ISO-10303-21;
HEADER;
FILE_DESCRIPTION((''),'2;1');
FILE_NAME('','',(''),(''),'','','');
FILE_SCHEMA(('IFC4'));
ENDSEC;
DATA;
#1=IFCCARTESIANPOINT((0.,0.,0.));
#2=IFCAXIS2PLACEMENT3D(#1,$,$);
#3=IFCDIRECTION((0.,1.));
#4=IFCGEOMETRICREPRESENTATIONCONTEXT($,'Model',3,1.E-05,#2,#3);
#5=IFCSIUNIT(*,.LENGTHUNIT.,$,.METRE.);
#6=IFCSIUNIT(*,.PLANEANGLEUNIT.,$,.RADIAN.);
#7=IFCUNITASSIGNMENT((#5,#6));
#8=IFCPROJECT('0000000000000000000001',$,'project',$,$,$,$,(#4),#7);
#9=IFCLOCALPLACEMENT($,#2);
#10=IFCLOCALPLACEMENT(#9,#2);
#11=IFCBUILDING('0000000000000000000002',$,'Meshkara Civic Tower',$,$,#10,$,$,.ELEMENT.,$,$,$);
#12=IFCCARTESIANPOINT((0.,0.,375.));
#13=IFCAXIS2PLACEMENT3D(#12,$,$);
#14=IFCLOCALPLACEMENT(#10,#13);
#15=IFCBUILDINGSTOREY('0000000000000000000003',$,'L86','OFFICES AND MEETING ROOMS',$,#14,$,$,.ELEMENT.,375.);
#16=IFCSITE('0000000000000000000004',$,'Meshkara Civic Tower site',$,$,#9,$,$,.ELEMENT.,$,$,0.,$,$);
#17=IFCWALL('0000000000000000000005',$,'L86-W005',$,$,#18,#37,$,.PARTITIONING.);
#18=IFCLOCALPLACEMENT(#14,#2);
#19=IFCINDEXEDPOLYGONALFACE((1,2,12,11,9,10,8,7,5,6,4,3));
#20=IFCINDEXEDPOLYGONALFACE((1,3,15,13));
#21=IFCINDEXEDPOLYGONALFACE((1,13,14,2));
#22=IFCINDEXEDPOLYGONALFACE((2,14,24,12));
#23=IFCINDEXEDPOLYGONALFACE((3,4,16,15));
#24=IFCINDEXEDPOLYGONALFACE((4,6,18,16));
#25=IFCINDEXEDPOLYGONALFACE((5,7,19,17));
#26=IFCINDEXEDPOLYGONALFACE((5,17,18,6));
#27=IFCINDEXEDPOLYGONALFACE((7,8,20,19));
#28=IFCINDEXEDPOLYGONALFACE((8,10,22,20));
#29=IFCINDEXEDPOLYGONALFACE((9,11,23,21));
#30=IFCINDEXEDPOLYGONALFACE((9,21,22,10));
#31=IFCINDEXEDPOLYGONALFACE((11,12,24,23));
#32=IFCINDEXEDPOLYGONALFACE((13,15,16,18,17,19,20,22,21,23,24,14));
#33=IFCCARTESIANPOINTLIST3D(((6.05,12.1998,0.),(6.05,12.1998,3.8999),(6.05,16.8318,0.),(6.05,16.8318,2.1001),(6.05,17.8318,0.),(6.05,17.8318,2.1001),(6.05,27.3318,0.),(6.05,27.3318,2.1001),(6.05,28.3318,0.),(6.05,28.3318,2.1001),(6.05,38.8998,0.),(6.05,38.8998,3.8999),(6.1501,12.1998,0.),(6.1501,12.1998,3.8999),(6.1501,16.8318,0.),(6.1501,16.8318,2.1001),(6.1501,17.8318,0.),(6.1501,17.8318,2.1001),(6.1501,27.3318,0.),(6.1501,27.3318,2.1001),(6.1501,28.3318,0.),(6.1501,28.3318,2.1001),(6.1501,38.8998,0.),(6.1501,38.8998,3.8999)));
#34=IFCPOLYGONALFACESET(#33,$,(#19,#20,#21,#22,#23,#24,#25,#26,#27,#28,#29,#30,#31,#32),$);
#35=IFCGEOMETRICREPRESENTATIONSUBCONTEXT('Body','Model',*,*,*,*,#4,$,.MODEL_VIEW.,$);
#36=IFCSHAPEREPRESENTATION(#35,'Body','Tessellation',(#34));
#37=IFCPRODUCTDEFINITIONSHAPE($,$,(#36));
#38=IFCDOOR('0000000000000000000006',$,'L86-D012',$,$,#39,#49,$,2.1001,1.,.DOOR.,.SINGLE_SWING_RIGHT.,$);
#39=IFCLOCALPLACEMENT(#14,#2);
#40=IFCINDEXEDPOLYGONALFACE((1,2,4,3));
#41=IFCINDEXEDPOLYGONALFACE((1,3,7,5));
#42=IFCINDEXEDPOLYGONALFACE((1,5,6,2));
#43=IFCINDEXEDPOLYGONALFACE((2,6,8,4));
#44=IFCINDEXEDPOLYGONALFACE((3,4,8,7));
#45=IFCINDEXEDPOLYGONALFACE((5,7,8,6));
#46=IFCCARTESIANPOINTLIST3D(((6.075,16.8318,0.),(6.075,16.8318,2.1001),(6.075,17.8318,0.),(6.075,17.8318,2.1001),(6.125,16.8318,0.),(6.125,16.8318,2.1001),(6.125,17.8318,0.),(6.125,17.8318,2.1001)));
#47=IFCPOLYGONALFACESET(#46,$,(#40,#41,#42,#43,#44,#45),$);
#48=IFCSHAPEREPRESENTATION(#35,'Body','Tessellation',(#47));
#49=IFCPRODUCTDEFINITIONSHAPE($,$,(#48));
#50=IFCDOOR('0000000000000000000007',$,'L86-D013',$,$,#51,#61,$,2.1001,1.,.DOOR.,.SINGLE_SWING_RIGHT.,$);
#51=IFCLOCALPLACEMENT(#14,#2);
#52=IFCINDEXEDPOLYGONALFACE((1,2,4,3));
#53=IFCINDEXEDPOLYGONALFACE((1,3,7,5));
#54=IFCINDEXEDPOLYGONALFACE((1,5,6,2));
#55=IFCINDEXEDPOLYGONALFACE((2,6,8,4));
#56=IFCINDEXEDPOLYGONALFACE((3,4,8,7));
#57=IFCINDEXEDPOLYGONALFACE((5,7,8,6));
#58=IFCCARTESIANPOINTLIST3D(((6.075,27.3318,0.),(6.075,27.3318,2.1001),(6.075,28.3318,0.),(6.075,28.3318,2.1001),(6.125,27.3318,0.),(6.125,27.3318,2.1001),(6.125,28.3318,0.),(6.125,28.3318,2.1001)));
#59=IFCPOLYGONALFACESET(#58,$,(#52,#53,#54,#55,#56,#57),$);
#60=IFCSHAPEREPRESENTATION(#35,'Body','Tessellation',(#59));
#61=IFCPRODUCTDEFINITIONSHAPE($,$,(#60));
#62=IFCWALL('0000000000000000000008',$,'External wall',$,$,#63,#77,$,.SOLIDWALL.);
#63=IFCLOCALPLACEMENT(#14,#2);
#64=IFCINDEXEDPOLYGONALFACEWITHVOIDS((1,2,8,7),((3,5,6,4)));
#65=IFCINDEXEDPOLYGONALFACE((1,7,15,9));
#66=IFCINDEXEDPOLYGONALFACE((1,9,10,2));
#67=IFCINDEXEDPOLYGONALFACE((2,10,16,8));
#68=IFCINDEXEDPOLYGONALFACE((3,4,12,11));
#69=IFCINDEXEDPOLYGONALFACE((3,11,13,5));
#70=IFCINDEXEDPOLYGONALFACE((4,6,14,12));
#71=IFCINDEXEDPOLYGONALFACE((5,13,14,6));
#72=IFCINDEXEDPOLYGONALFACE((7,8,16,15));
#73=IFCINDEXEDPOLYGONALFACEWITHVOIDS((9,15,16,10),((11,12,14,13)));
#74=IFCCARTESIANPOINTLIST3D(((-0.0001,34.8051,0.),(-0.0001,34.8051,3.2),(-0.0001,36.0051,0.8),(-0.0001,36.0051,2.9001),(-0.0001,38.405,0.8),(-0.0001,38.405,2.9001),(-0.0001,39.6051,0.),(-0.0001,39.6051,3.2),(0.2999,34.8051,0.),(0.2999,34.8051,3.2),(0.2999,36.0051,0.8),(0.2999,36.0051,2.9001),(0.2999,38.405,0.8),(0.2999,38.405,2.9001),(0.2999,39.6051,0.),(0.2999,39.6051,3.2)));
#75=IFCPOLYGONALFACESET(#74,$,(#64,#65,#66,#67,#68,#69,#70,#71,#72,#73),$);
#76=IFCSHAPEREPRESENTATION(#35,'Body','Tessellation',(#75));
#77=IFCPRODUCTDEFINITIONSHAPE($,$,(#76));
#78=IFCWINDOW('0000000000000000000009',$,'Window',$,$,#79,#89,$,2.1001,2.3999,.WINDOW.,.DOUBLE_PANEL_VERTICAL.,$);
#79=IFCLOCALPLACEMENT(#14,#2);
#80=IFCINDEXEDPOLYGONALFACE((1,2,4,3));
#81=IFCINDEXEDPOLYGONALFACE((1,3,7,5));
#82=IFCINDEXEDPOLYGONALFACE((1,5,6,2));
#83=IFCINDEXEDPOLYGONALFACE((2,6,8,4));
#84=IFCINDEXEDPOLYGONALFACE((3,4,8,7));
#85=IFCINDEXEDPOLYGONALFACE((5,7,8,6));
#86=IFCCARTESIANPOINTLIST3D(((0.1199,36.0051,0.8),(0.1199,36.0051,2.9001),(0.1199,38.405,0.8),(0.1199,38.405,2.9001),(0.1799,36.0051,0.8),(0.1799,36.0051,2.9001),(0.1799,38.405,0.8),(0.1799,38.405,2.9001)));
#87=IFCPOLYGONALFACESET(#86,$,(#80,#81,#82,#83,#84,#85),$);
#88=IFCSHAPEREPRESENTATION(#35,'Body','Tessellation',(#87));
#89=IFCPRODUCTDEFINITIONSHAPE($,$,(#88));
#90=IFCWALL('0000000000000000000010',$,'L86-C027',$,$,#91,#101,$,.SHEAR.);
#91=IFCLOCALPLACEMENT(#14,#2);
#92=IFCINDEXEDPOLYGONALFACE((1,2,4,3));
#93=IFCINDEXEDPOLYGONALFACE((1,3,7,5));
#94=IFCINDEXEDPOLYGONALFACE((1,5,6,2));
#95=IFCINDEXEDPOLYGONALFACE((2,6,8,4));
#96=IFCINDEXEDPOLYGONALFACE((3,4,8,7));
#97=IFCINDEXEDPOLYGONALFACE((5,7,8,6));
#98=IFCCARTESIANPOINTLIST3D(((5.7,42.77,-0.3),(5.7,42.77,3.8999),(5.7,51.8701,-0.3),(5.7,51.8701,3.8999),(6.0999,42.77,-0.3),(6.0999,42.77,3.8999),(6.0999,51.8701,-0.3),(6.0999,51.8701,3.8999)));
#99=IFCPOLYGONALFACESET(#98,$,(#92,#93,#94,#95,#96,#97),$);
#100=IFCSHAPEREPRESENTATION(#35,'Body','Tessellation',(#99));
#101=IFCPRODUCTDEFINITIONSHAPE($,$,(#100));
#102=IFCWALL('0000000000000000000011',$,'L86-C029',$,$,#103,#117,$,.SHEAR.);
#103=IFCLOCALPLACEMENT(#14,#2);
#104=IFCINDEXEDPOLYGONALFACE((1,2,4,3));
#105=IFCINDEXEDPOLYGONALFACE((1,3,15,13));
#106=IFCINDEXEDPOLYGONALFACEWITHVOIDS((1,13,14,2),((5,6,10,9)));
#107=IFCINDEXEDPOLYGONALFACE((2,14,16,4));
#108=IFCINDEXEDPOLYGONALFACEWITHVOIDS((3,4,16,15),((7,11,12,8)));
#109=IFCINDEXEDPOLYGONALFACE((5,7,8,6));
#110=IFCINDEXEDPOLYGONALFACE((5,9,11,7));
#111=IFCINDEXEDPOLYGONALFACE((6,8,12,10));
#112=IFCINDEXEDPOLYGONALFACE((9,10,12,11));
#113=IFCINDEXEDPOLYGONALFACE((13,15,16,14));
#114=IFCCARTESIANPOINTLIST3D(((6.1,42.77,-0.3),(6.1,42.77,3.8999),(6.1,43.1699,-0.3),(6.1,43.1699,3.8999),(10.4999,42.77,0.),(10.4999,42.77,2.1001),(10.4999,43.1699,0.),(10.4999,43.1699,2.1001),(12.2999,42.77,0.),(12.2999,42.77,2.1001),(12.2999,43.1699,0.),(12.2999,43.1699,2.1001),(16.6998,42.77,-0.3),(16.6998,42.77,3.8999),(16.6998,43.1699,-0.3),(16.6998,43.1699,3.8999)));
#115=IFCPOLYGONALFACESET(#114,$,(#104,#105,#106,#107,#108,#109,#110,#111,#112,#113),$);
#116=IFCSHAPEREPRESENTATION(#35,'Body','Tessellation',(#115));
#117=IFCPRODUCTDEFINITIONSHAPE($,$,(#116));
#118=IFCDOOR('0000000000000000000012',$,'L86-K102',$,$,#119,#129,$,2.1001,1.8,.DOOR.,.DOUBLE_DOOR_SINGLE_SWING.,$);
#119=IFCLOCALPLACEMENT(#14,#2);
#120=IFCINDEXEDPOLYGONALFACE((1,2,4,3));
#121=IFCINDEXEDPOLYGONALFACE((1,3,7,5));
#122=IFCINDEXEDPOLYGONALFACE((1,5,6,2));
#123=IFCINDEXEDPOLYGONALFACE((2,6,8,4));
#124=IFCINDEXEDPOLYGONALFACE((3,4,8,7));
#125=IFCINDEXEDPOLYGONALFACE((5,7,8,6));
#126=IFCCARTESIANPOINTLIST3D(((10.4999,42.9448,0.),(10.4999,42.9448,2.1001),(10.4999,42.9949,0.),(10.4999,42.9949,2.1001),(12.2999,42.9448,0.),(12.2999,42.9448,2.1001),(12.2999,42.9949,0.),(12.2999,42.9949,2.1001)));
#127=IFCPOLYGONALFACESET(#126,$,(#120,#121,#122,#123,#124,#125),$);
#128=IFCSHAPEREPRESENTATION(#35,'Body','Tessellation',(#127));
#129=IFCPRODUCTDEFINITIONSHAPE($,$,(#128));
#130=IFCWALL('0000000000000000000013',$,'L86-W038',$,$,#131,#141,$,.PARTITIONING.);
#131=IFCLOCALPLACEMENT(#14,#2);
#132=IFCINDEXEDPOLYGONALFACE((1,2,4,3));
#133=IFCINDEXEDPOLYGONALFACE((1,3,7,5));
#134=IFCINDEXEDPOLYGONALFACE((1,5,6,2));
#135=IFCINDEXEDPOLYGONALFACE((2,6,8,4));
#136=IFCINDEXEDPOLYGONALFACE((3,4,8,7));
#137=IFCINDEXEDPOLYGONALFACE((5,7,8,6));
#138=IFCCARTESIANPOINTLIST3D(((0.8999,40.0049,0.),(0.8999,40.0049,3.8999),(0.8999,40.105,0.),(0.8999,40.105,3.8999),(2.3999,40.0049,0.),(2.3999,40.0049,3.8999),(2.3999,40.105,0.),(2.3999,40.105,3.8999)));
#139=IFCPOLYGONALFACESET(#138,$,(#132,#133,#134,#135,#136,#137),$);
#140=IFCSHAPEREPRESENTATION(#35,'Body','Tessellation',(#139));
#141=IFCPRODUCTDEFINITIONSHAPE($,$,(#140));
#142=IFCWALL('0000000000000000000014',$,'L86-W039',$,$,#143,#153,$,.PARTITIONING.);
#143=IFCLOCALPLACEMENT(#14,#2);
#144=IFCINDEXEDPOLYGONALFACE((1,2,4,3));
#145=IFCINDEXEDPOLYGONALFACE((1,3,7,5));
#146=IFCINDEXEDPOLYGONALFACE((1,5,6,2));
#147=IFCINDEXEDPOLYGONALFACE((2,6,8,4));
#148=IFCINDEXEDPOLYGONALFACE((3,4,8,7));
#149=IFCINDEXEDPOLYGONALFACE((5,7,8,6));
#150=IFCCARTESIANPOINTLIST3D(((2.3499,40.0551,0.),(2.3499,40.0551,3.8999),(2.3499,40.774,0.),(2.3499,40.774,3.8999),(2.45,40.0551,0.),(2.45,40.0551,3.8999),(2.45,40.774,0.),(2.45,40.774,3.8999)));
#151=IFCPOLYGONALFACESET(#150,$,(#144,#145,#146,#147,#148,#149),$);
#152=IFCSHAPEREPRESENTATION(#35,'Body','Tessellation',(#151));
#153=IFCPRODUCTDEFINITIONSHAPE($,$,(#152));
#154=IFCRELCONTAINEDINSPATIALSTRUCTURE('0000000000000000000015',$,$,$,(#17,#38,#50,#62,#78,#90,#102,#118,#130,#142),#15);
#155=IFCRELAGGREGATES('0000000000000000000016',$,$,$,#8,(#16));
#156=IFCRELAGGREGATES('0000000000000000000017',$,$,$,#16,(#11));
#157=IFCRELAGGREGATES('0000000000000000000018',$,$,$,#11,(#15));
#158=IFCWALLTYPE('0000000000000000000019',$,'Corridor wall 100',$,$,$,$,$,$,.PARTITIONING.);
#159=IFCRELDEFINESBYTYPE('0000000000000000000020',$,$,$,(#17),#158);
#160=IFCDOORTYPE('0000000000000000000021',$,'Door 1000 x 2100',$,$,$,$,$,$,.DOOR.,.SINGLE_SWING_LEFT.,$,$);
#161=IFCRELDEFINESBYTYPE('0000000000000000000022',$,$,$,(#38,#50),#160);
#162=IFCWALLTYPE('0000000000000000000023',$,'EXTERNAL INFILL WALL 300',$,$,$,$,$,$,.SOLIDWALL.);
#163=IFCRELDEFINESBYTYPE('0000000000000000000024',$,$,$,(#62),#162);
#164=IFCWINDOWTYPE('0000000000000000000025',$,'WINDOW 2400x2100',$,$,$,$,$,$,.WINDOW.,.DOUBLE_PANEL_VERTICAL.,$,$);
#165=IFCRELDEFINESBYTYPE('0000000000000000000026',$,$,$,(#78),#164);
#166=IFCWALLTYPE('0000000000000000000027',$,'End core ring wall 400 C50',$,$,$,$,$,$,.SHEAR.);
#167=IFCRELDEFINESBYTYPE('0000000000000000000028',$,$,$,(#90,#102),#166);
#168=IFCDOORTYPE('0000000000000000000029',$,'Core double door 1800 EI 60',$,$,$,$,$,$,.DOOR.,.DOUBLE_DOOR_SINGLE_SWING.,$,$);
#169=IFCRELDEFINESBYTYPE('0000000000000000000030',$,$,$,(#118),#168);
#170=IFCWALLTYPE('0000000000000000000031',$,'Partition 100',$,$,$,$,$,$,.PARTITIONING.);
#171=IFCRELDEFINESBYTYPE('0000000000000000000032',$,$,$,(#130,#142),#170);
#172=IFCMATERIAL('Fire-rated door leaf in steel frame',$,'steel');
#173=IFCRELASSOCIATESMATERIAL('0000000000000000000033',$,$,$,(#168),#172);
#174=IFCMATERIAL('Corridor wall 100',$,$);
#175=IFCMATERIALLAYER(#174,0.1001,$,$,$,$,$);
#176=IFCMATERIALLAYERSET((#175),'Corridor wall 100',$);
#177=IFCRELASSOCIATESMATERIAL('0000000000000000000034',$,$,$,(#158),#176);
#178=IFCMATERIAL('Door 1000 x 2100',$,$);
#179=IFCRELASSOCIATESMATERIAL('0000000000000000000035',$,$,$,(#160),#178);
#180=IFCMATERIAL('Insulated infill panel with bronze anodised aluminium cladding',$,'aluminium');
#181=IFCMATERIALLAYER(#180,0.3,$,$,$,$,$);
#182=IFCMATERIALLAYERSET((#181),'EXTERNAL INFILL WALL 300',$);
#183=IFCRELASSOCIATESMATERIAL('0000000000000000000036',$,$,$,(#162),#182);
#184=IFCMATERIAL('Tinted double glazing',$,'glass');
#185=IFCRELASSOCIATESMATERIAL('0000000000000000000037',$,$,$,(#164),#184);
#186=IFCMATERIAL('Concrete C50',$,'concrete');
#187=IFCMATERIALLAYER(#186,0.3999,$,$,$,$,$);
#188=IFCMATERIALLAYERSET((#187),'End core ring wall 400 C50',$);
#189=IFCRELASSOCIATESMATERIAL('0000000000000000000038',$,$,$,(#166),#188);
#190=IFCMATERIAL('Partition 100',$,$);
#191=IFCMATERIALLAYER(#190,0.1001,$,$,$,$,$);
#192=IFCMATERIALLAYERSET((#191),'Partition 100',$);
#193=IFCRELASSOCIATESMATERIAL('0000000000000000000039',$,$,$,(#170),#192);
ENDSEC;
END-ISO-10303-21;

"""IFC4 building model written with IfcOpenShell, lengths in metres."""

from ifc_helpers import new_model, si_unit, direction, frame, frame_2d, origin, place, context, subcontext, project, spatial, rectangle, extrude, material, layer, layer_set, type_object, element, fill, save


model = new_model("IFC4")

# Units and contexts
model_context = context("Model", 3, precision=1e-05, world=origin(), true_north=direction((0.0, 1.0)))
body_context = subcontext(model_context, "Body", "Model", "MODEL_VIEW")
ifc_project = project(units=[si_unit("LENGTHUNIT", "METRE"), si_unit("PLANEANGLEUNIT", "RADIAN")], contexts=[model_context])

# Site, building, storey
site_placement = place(None, origin())
site = spatial("IfcSite", under=ifc_project, at=site_placement, Name="Meshkara Civic Tower site", CompositionType="ELEMENT", RefElevation=0.0)
building_placement = place(site_placement, origin())
building = spatial("IfcBuilding", under=site, at=building_placement, Name="Meshkara Civic Tower", CompositionType="ELEMENT")
storey_placement = place(building_placement, frame((0.0, 0.0, 375.0)))
storey = spatial("IfcBuildingStorey", under=building, at=storey_placement, Name="L86", Description="OFFICES AND MEETING ROOMS", CompositionType="ELEMENT", Elevation=375.0)

# Shared definitions
ifc_material_1 = material(Name="Fire-rated door leaf in steel frame", Category="steel")
door_type_1 = type_object("IfcDoorType", Name="Core double door 1800 EI 60", OperationType="DOUBLE_DOOR_SINGLE_SWING", PredefinedType="DOOR", material=ifc_material_1)

# Shared definitions
ifc_material_2 = material(Name="Corridor wall 100")
ifc_layer_1 = layer(ifc_material_2, 0.1001)
ifc_layer_set_1 = layer_set([ifc_layer_1], Name="Corridor wall 100")
wall_type_1 = type_object("IfcWallType", Name="Corridor wall 100", PredefinedType="PARTITIONING", material=ifc_layer_set_1)

# Shared definitions
ifc_material_3 = material(Name="Door 1000 x 2100")
door_type_2 = type_object("IfcDoorType", Name="Door 1000 x 2100", OperationType="SINGLE_SWING_LEFT", PredefinedType="DOOR", material=ifc_material_3)

# Wall, openings, doors
wall_1_placement = place(storey_placement, frame((6.1001, 38.8999, 0.0), z_axis=(0.0, 0.0, 1.0), x_axis=(0.0, -1.0, 0.0)))
wall_1 = element("IfcWall", 1, at=wall_1_placement, inside=storey, type_object=wall_type_1, Name="L86-W005", PredefinedType="PARTITIONING", context=body_context, shape_type="SweptSolid", body=[
    extrude(rectangle(XDim=26.7, YDim=0.1001, at=frame_2d((13.3501, 0.0))), origin(), (0.0, 0.0, 1.0), 3.8999),
])
opening_1_placement = place(wall_1_placement, frame((21.0681, 0.0, 0.0)))
opening_1 = element("IfcOpeningElement", 2, at=opening_1_placement, cuts=wall_1, PredefinedType="OPENING", context=body_context, shape_type="SweptSolid", body=[
    extrude(rectangle(XDim=1.0, YDim=2.1001, at=frame_2d((0.5, 1.05))), frame((0.0, 0.0601, 0.0), z_axis=(0.0, -1.0, 0.0), x_axis=(1.0, 0.0, 0.0)), (0.0, 0.0, 1.0), 0.1201),
])
opening_2_placement = place(wall_1_placement, frame((10.5681, 0.0, 0.0)))
opening_2 = element("IfcOpeningElement", 3, at=opening_2_placement, cuts=wall_1, PredefinedType="OPENING", context=body_context, shape_type="SweptSolid", body=[
    extrude(rectangle(XDim=1.0, YDim=2.1001, at=frame_2d((0.5, 1.05))), frame((0.0, 0.0601, 0.0), z_axis=(0.0, -1.0, 0.0), x_axis=(1.0, 0.0, 0.0)), (0.0, 0.0, 1.0), 0.1201),
])
door_1_placement = place(opening_1_placement, origin())
door_1 = element("IfcDoor", 4, at=door_1_placement, inside=storey, type_object=door_type_2, Name="L86-D012", OperationType="SINGLE_SWING_RIGHT", OverallHeight=2.1001, OverallWidth=1.0, PredefinedType="DOOR", context=body_context, shape_type="SweptSolid", body=[
    extrude(rectangle(XDim=1.0, YDim=2.1001, at=frame_2d((0.5, 1.05))), frame((0.0, 0.0249, 0.0), z_axis=(0.0, -1.0, 0.0), x_axis=(1.0, 0.0, 0.0)), (0.0, 0.0, 1.0), 0.05),
])
fill(opening_1, door_1)
door_2_placement = place(opening_2_placement, origin())
door_2 = element("IfcDoor", 5, at=door_2_placement, inside=storey, type_object=door_type_2, Name="L86-D013", OperationType="SINGLE_SWING_RIGHT", OverallHeight=2.1001, OverallWidth=1.0, PredefinedType="DOOR", context=body_context, shape_type="SweptSolid", body=[
    extrude(rectangle(XDim=1.0, YDim=2.1001, at=frame_2d((0.5, 1.05))), frame((0.0, 0.0249, 0.0), z_axis=(0.0, -1.0, 0.0), x_axis=(1.0, 0.0, 0.0)), (0.0, 0.0, 1.0), 0.05),
])
fill(opening_2, door_2)

# Wall, opening, window
ifc_material_4 = material(Name="Insulated infill panel with bronze anodised aluminium cladding", Category="aluminium")
ifc_layer_2 = layer(ifc_material_4, 0.3)
ifc_layer_set_2 = layer_set([ifc_layer_2], Name="EXTERNAL INFILL WALL 300")
wall_type_2 = type_object("IfcWallType", Name="EXTERNAL INFILL WALL 300", PredefinedType="SOLIDWALL", material=ifc_layer_set_2)
wall_2_placement = place(storey_placement, frame((0.1499, 39.605, 0.0), z_axis=(0.0, 0.0, 1.0), x_axis=(0.0, -1.0, 0.0)))
wall_2 = element("IfcWall", 6, at=wall_2_placement, inside=storey, type_object=wall_type_2, Name="External wall", PredefinedType="SOLIDWALL", context=body_context, shape_type="SweptSolid", body=[
    extrude(rectangle(XDim=4.8, YDim=0.3, at=frame_2d((2.3999, 0.0))), origin(), (0.0, 0.0, 1.0), 3.2),
])
opening_3_placement = place(wall_2_placement, frame((1.2, 0.0, 0.8)))
opening_3 = element("IfcOpeningElement", 7, at=opening_3_placement, cuts=wall_2, PredefinedType="OPENING", context=body_context, shape_type="SweptSolid", body=[
    extrude(rectangle(XDim=2.3999, YDim=2.1001, at=frame_2d((1.2, 1.05))), frame((0.0, 0.1599, 0.0), z_axis=(0.0, -1.0, 0.0), x_axis=(1.0, 0.0, 0.0)), (0.0, 0.0, 1.0), 0.3201),
])
ifc_material_5 = material(Name="Tinted double glazing", Category="glass")
window_type = type_object("IfcWindowType", Name="WINDOW 2400x2100", PartitioningType="DOUBLE_PANEL_VERTICAL", PredefinedType="WINDOW", material=ifc_material_5)
window_placement = place(opening_3_placement, origin())
window = element("IfcWindow", 8, at=window_placement, inside=storey, type_object=window_type, Name="Window", OverallHeight=2.1001, OverallWidth=2.3999, PartitioningType="DOUBLE_PANEL_VERTICAL", PredefinedType="WINDOW", context=body_context, shape_type="SweptSolid", body=[
    extrude(rectangle(XDim=2.3999, YDim=2.1001, at=frame_2d((1.2, 1.05))), frame((0.0, 0.03, 0.0), z_axis=(0.0, -1.0, 0.0), x_axis=(1.0, 0.0, 0.0)), (0.0, 0.0, 1.0), 0.0601),
])
fill(opening_3, window)

# Wall
ifc_material_6 = material(Name="Concrete C50", Category="concrete")
ifc_layer_3 = layer(ifc_material_6, 0.3999)
ifc_layer_set_3 = layer_set([ifc_layer_3], Name="End core ring wall 400 C50")
wall_type_3 = type_object("IfcWallType", Name="End core ring wall 400 C50", PredefinedType="SHEAR", material=ifc_layer_set_3)
wall_3_placement = place(storey_placement, frame((5.8999, 42.77, -0.3), z_axis=(0.0, 0.0, 1.0), x_axis=(0.0, 1.0, 0.0)))
element("IfcWall", 9, at=wall_3_placement, inside=storey, type_object=wall_type_3, Name="L86-C027", PredefinedType="SHEAR", context=body_context, shape_type="SweptSolid", body=[
    extrude(rectangle(XDim=9.1001, YDim=0.3999, at=frame_2d((4.55, 0.0))), origin(), (0.0, 0.0, 1.0), 4.2),
])

# Wall, opening, door
wall_4_placement = place(storey_placement, frame((6.1001, 42.97, -0.3), z_axis=(0.0, 0.0, 1.0), x_axis=(1.0, 0.0, 0.0)))
wall_4 = element("IfcWall", 10, at=wall_4_placement, inside=storey, type_object=wall_type_3, Name="L86-C029", PredefinedType="SHEAR", context=body_context, shape_type="SweptSolid", body=[
    extrude(rectangle(XDim=10.5999, YDim=0.3999, at=frame_2d((5.2998, 0.0))), origin(), (0.0, 0.0, 1.0), 4.2),
])
opening_4_placement = place(wall_4_placement, frame((4.3999, 0.0, 0.3)))
opening_4 = element("IfcOpeningElement", 11, at=opening_4_placement, cuts=wall_4, PredefinedType="OPENING", context=body_context, shape_type="SweptSolid", body=[
    extrude(rectangle(XDim=1.8, YDim=2.1001, at=frame_2d((0.8999, 1.05))), frame((0.0, 0.21, 0.0), z_axis=(0.0, -1.0, 0.0), x_axis=(1.0, 0.0, 0.0)), (0.0, 0.0, 1.0), 0.4199),
])
door_3_placement = place(opening_4_placement, origin())
door_3 = element("IfcDoor", 12, at=door_3_placement, inside=storey, type_object=door_type_1, Name="L86-K102", OperationType="DOUBLE_DOOR_SINGLE_SWING", OverallHeight=2.1001, OverallWidth=1.8, PredefinedType="DOOR", context=body_context, shape_type="SweptSolid", body=[
    extrude(rectangle(XDim=1.8, YDim=2.1001, at=frame_2d((0.8999, 1.05))), frame((0.0, 0.0249, 0.0), z_axis=(0.0, -1.0, 0.0), x_axis=(1.0, 0.0, 0.0)), (0.0, 0.0, 1.0), 0.05),
])
fill(opening_4, door_3)

# Walls
ifc_material_7 = material(Name="Partition 100")
ifc_layer_4 = layer(ifc_material_7, 0.1001)
ifc_layer_set_4 = layer_set([ifc_layer_4], Name="Partition 100")
wall_type_4 = type_object("IfcWallType", Name="Partition 100", PredefinedType="PARTITIONING", material=ifc_layer_set_4)
wall_5_placement = place(storey_placement, frame((2.3999, 40.0549, 0.0), z_axis=(0.0, 0.0, 1.0), x_axis=(-1.0, 0.0, 0.0)))
element("IfcWall", 13, at=wall_5_placement, inside=storey, type_object=wall_type_4, Name="L86-W038", PredefinedType="PARTITIONING", context=body_context, shape_type="SweptSolid", body=[
    extrude(rectangle(XDim=1.5, YDim=0.1001, at=frame_2d((0.75, 0.0))), origin(), (0.0, 0.0, 1.0), 3.8999),
])
wall_6_placement = place(storey_placement, frame((2.3999, 40.7739, 0.0), z_axis=(0.0, 0.0, 1.0), x_axis=(0.0, -1.0, 0.0)))
element("IfcWall", 14, at=wall_6_placement, inside=storey, type_object=wall_type_4, Name="L86-W039", PredefinedType="PARTITIONING", context=body_context, shape_type="SweptSolid", body=[
    extrude(rectangle(XDim=0.719, YDim=0.1001, at=frame_2d((0.3594, 0.0))), origin(), (0.0, 0.0, 1.0), 3.8999),
])

save(model, "model.ifc")
